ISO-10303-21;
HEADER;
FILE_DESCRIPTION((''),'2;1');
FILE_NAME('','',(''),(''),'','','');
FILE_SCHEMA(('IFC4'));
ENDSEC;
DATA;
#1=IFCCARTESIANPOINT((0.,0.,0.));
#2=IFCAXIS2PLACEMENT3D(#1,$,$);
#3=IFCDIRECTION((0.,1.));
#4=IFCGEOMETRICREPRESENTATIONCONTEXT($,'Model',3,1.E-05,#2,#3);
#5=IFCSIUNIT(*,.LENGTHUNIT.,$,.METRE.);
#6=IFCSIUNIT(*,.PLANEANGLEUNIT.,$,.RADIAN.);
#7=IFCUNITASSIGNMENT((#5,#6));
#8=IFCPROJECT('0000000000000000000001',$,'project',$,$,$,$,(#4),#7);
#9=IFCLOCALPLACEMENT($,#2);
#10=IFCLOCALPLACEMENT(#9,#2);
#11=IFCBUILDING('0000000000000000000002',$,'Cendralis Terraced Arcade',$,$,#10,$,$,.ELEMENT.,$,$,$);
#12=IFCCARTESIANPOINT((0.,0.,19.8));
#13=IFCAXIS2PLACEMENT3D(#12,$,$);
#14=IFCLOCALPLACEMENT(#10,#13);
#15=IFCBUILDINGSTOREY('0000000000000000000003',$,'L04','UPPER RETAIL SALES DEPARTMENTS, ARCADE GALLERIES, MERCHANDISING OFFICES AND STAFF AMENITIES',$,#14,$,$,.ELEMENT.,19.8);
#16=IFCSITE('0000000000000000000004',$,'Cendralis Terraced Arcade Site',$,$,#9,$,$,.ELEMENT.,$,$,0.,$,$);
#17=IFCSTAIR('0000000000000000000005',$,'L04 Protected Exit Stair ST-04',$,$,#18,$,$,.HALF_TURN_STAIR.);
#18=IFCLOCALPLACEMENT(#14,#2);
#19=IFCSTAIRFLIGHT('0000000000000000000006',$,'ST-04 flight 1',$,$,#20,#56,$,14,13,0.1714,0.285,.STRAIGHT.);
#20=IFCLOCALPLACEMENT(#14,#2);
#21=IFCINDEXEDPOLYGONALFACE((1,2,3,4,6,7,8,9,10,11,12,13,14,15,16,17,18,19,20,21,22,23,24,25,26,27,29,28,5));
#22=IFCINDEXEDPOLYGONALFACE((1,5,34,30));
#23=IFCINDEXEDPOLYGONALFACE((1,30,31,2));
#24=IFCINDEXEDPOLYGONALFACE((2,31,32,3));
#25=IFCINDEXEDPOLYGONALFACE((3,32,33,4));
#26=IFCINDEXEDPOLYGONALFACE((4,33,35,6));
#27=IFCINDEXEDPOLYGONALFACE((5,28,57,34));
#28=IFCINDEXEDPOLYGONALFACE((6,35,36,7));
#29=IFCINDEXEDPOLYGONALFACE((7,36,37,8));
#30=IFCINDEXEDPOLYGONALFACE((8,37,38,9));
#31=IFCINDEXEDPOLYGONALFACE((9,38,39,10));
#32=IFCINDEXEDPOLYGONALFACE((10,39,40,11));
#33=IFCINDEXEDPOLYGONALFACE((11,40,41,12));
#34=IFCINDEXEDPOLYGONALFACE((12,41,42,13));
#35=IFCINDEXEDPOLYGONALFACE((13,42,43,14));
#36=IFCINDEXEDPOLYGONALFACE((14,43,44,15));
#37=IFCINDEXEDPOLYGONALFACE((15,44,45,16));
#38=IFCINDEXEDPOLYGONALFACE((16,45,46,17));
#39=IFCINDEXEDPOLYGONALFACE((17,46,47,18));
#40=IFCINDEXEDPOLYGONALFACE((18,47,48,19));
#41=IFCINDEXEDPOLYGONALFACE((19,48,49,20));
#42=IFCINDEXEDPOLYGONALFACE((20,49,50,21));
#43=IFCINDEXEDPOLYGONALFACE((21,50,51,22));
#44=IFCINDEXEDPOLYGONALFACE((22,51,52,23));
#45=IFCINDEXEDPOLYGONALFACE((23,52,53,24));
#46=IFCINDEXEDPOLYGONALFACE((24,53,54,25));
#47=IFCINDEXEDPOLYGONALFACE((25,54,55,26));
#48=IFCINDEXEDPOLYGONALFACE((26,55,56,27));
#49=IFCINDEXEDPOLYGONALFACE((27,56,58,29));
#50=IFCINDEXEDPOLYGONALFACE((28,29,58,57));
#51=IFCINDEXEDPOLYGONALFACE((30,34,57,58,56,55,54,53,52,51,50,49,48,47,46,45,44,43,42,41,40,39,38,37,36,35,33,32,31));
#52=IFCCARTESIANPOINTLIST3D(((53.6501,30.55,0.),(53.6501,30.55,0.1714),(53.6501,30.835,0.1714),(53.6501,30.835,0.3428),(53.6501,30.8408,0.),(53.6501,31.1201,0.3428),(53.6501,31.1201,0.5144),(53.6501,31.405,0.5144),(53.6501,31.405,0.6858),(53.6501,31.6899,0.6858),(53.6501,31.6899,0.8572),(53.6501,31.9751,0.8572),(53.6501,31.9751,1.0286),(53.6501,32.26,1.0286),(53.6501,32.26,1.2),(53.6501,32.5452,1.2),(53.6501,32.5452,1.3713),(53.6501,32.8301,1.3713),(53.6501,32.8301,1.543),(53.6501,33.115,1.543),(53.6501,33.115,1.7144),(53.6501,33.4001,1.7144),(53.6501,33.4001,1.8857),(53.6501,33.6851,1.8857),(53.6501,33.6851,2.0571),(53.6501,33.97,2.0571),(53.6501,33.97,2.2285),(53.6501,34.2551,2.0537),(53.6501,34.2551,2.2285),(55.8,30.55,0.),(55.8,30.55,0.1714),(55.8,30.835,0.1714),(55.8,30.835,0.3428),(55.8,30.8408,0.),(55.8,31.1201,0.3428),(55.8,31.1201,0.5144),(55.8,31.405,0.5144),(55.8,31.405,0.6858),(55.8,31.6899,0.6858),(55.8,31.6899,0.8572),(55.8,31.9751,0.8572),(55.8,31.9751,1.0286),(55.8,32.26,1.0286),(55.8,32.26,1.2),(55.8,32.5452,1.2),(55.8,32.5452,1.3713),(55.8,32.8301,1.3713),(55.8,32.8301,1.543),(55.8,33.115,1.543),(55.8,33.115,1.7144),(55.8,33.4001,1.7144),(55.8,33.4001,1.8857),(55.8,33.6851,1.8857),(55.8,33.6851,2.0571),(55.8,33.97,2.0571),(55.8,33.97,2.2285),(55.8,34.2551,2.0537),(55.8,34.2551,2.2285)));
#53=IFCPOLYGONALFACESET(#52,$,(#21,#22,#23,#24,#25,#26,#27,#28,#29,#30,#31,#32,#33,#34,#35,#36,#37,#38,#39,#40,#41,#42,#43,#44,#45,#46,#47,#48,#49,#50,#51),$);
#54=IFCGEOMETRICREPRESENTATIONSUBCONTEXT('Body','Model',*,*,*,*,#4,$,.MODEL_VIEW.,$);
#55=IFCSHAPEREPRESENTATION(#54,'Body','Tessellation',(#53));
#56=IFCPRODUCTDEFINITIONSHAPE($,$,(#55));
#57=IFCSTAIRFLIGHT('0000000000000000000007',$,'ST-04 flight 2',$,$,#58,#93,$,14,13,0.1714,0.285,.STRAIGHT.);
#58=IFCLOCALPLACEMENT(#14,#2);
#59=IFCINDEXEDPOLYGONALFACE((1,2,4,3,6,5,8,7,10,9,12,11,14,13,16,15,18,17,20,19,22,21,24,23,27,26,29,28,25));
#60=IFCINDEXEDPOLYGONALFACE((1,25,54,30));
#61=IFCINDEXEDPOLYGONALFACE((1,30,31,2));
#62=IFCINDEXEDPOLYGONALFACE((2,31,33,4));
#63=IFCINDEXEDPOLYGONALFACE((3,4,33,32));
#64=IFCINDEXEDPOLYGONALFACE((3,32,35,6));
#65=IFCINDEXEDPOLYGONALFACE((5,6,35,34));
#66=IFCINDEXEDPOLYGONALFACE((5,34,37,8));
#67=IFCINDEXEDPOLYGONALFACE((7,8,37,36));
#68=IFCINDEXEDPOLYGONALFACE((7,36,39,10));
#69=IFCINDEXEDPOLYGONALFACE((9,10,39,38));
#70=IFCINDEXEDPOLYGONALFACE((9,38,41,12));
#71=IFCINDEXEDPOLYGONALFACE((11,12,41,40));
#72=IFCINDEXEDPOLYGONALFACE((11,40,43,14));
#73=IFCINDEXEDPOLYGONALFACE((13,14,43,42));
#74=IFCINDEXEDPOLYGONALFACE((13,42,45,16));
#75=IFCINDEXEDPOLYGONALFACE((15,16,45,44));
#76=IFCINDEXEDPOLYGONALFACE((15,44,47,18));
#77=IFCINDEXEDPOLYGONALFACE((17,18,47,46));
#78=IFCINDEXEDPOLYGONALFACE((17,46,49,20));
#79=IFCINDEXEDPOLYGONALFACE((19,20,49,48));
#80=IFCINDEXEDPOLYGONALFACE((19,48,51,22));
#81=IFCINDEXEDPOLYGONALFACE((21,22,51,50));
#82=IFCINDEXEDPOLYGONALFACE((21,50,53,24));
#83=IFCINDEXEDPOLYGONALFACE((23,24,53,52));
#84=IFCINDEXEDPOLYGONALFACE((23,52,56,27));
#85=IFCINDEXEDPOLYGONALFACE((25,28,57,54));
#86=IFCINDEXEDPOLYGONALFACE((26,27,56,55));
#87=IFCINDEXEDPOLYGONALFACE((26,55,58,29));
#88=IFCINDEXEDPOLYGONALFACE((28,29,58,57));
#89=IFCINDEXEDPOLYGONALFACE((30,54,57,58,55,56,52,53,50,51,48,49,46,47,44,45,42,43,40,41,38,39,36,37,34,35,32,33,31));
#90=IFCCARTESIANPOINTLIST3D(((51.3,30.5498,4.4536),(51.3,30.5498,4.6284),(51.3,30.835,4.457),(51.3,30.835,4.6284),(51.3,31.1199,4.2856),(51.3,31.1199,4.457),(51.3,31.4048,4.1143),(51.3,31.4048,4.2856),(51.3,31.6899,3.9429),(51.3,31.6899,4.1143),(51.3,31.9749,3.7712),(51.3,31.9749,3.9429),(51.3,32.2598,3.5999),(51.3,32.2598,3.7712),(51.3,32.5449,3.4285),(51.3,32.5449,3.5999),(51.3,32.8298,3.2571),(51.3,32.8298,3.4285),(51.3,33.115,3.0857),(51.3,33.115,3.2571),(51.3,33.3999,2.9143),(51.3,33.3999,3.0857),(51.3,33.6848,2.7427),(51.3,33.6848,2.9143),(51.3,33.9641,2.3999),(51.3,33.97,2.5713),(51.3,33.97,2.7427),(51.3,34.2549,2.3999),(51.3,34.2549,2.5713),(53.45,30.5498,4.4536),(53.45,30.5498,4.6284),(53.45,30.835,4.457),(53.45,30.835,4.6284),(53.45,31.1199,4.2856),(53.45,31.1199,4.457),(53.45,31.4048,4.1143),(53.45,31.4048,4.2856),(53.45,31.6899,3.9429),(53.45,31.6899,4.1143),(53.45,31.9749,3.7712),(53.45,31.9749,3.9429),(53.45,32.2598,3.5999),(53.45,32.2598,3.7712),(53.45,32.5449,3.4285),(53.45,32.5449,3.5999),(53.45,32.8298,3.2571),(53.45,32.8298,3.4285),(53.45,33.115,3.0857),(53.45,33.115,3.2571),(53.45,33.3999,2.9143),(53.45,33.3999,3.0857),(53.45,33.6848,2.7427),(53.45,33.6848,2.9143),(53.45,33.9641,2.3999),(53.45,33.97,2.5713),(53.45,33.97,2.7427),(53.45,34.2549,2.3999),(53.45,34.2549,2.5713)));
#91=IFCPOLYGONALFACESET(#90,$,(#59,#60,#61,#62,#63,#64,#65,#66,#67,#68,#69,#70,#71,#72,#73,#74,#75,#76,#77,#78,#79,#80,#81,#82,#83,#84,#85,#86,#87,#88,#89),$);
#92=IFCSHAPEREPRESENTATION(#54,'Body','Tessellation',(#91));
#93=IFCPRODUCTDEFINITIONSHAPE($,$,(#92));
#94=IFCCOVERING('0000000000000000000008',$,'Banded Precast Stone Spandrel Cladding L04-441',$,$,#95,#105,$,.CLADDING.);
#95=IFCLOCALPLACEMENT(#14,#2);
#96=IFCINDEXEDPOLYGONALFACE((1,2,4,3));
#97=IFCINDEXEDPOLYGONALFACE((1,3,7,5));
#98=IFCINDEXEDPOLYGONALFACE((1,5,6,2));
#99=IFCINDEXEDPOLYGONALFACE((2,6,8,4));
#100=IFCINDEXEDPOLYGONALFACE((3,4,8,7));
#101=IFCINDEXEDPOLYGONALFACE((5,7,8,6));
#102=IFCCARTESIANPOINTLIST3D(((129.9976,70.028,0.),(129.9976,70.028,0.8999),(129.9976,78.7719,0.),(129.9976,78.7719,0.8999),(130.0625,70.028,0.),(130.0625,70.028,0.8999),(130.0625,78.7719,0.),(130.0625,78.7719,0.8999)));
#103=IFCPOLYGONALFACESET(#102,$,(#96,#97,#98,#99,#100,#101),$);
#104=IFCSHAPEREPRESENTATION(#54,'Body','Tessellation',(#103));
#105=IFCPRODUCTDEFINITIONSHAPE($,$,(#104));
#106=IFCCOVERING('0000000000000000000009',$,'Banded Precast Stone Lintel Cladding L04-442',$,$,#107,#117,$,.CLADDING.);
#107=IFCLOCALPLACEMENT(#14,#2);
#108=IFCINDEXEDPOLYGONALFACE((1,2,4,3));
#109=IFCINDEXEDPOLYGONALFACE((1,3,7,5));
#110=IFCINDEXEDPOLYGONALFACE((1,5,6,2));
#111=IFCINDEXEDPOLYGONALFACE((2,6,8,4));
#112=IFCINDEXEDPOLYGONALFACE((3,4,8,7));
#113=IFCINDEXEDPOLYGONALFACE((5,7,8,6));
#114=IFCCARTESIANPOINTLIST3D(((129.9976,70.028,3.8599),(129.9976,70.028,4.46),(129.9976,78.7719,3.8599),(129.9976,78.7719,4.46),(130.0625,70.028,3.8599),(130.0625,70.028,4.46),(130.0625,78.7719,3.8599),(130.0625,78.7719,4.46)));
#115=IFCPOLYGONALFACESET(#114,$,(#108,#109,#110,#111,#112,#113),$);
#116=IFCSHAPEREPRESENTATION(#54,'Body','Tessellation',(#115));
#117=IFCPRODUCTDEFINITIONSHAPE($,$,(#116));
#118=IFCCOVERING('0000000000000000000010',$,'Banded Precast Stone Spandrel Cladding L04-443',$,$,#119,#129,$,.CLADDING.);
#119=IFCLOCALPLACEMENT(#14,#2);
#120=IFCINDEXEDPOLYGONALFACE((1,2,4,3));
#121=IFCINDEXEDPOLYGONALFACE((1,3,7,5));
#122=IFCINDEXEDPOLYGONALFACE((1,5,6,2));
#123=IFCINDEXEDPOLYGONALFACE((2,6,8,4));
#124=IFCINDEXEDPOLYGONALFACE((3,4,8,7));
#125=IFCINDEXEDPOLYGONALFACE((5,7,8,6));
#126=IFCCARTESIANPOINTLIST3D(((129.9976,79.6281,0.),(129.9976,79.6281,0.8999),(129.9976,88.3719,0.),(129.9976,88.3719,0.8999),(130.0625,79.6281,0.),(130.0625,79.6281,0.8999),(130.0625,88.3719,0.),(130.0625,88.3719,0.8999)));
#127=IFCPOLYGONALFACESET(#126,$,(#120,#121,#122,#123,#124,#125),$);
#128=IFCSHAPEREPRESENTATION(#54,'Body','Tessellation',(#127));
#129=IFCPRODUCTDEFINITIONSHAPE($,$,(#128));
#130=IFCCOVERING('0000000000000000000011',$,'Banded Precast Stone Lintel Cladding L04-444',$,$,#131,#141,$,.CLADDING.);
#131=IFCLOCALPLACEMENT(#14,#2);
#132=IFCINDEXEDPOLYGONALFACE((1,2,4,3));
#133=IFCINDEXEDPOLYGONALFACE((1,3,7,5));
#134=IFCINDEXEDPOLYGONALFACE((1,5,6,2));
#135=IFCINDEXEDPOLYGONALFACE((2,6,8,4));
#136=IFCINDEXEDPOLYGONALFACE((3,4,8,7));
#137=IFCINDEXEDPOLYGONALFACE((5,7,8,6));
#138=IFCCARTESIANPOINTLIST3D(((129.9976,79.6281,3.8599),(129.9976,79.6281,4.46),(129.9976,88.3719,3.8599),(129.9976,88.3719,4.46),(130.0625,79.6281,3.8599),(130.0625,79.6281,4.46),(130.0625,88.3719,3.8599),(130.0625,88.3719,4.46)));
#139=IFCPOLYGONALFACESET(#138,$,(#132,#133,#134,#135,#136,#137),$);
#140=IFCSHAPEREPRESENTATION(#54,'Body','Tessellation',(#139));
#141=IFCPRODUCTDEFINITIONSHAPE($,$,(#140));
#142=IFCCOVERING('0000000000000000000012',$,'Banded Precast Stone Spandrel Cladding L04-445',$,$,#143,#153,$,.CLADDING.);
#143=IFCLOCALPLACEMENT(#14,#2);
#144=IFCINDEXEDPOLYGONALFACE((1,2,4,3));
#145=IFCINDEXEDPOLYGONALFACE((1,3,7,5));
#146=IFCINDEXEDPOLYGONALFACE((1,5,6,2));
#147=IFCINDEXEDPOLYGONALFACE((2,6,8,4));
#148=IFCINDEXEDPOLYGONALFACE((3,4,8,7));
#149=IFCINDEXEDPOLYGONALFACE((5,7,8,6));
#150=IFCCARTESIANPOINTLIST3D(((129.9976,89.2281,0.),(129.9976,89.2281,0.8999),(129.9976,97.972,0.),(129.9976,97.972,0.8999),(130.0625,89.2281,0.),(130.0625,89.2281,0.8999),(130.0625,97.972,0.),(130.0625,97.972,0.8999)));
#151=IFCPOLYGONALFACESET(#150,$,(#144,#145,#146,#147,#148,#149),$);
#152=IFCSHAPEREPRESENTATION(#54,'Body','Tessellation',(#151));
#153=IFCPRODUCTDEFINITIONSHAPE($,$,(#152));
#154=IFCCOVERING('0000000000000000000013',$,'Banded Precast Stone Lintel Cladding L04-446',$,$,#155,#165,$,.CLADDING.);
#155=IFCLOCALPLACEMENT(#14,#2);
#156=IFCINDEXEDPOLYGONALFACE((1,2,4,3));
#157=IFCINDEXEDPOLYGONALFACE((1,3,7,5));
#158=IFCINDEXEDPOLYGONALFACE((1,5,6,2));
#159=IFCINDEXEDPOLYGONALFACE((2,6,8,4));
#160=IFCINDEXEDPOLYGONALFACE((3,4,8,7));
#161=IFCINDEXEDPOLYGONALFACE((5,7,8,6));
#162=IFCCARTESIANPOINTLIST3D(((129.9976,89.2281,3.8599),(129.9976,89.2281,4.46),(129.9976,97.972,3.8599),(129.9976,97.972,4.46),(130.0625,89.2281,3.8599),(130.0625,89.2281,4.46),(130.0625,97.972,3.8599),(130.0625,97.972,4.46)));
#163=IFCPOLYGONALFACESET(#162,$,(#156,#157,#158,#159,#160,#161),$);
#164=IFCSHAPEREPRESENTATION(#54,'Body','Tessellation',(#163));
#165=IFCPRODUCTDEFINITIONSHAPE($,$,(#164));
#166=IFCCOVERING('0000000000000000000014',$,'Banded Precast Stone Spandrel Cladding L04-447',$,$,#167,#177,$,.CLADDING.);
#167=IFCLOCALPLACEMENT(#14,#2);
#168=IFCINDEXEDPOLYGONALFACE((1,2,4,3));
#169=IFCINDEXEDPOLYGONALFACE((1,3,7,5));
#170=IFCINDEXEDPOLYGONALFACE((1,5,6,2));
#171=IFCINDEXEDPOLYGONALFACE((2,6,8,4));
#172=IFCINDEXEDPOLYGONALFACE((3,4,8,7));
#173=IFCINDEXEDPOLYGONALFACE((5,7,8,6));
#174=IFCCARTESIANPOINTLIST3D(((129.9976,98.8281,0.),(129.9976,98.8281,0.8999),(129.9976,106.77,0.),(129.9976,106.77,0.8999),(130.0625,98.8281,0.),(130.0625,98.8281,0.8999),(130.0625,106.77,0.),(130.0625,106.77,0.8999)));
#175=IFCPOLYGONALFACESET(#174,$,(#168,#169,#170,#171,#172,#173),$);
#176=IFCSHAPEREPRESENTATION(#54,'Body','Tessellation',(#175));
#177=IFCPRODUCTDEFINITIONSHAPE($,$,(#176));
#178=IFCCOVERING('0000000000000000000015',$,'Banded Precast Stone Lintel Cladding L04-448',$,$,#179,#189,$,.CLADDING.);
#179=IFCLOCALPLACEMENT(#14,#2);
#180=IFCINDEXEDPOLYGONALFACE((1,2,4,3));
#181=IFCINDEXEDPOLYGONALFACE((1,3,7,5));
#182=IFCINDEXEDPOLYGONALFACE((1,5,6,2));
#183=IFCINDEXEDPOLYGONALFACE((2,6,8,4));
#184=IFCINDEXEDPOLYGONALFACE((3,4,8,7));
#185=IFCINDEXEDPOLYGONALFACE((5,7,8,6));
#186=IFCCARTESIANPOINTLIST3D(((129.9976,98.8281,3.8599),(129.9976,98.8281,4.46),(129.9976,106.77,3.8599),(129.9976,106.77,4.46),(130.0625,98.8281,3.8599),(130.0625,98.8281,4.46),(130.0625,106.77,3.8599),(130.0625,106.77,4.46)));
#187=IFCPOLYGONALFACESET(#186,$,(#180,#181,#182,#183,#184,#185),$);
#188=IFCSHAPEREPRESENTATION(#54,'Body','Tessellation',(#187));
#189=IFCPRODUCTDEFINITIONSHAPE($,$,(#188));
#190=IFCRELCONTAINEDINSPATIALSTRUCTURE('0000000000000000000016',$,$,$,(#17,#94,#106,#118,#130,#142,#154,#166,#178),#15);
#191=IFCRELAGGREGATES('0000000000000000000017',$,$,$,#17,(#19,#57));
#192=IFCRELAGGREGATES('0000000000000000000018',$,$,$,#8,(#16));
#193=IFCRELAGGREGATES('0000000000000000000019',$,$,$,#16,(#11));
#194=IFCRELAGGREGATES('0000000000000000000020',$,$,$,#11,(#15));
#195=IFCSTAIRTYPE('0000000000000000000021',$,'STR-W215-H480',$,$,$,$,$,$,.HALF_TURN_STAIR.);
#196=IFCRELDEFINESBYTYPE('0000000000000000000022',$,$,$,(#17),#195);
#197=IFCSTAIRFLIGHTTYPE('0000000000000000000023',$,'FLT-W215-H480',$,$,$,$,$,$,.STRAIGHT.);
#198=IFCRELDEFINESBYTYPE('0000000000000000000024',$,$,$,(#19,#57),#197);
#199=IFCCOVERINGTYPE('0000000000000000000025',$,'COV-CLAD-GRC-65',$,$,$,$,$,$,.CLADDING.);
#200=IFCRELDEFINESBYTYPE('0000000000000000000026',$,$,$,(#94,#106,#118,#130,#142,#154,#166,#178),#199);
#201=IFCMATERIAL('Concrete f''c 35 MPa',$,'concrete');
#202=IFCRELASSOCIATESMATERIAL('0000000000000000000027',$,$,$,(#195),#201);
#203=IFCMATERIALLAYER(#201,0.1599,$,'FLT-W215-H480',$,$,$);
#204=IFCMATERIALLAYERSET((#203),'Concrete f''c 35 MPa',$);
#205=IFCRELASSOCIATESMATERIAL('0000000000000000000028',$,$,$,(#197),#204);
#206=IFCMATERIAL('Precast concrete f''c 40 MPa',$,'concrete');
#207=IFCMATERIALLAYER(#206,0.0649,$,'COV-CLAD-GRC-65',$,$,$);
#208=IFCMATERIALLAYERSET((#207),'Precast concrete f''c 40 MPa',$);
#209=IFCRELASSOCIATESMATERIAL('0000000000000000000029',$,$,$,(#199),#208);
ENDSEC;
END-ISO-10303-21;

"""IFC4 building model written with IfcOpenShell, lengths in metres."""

from ifc_helpers import new_model, si_unit, direction, frame, origin, origin_2d, place, context, subcontext, project, spatial, polyline, rectangle, outline, extrude, material, layer, layer_set, type_object, element, aggregate, save


model = new_model("IFC4")

# Units and contexts
model_context = context("Model", 3, precision=1e-05, world=origin(), true_north=direction((0.0, 1.0)))
body_context = subcontext(model_context, "Body", "Model", "MODEL_VIEW")
ifc_project = project(units=[si_unit("LENGTHUNIT", "METRE"), si_unit("PLANEANGLEUNIT", "RADIAN")], contexts=[model_context])

# Site, building, storey
site_placement = place(None, origin())
site = spatial("IfcSite", under=ifc_project, at=site_placement, Name="Cendralis Terraced Arcade Site", CompositionType="ELEMENT", RefElevation=0.0)
building_placement = place(site_placement, origin())
building = spatial("IfcBuilding", under=site, at=building_placement, Name="Cendralis Terraced Arcade", CompositionType="ELEMENT")
storey_placement = place(building_placement, frame((0.0, 0.0, 19.8)))
storey = spatial("IfcBuildingStorey", under=building, at=storey_placement, Name="L04", Description="UPPER RETAIL SALES DEPARTMENTS, ARCADE GALLERIES, MERCHANDISING OFFICES AND STAFF AMENITIES", CompositionType="ELEMENT", Elevation=19.8)

# Shared definitions
ifc_material_1 = material(Name="Concrete f'c 35 MPa", Category="concrete")

# Shared definitions
ifc_material_2 = material(Name="Precast concrete f'c 40 MPa", Category="concrete")

# Stair, stair flights
stair_type = type_object("IfcStairType", Name="STR-W215-H480", PredefinedType="HALF_TURN_STAIR", material=ifc_material_1)
stair_placement = place(storey_placement, origin())
stair = element("IfcStair", 1, at=stair_placement, inside=storey, type_object=stair_type, Name="L04 Protected Exit Stair ST-04", PredefinedType="HALF_TURN_STAIR")
ifc_layer_1 = layer(ifc_material_1, 0.1599, Name="FLT-W215-H480")
ifc_layer_set_1 = layer_set([ifc_layer_1], Name="Concrete f'c 35 MPa")
stair_flight_type = type_object("IfcStairFlightType", Name="FLT-W215-H480", PredefinedType="STRAIGHT", material=ifc_layer_set_1)
stair_flight_1_placement = place(storey_placement, frame((54.7251, 30.55, 0.0), z_axis=(0.0, 0.0, 1.0), x_axis=(0.0, 1.0, 0.0)))
stair_flight_1 = element("IfcStairFlight", 2, at=stair_flight_1_placement, type_object=stair_flight_type, Name="ST-04 flight 1", NumberOfRisers=14, NumberOfTreads=13, PredefinedType="STRAIGHT", RiserHeight=0.1714, TreadLength=0.285, context=body_context, shape_type="SweptSolid", body=[
    extrude(outline(polyline([(0.0, 0.0), (0.0, 0.1714), (0.2849, 0.1714), (0.2849, 0.3428), (0.5701, 0.3428), (0.5701, 0.5144), (0.855, 0.5144), (0.855, 0.6858), (1.1399, 0.6858), (1.1399, 0.8572), (1.425, 0.8572), (1.425, 1.0286), (1.71, 1.0286), (1.71, 1.2), (1.9951, 1.2), (1.9951, 1.3713), (2.28, 1.3713), (2.28, 1.543), (2.5649, 1.543), (2.5649, 1.7144), (2.8501, 1.7144), (2.8501, 1.8857), (3.135, 1.8857), (3.135, 2.0571), (3.4199, 2.0571), (3.4199, 2.2285), (3.7051, 2.2285), (3.7051, 2.3999), (3.7051, 2.0537), (0.2908, 0.0), (0.0, 0.0)])), frame((0.0, 1.075, 0.0), z_axis=(0.0, -1.0, 0.0), x_axis=(1.0, 0.0, 0.0)), (0.0, 0.0, 1.0), 2.1499),
])
stair_flight_2_placement = place(storey_placement, frame((52.375, 34.2549, 2.3999), z_axis=(0.0, 0.0, 1.0), x_axis=(0.0, -1.0, 0.0)))
stair_flight_2 = element("IfcStairFlight", 3, at=stair_flight_2_placement, type_object=stair_flight_type, Name="ST-04 flight 2", NumberOfRisers=14, NumberOfTreads=13, PredefinedType="STRAIGHT", RiserHeight=0.1714, TreadLength=0.285, context=body_context, shape_type="SweptSolid", body=[
    extrude(outline(polyline([(0.0, 0.0), (0.0, 0.1714), (0.2849, 0.1714), (0.2849, 0.3428), (0.5701, 0.3428), (0.5701, 0.5144), (0.855, 0.5144), (0.855, 0.6858), (1.1399, 0.6858), (1.1399, 0.8572), (1.425, 0.8572), (1.425, 1.0286), (1.71, 1.0286), (1.71, 1.2), (1.9951, 1.2), (1.9951, 1.3713), (2.28, 1.3713), (2.28, 1.543), (2.5649, 1.543), (2.5649, 1.7144), (2.8501, 1.7144), (2.8501, 1.8857), (3.135, 1.8857), (3.135, 2.0571), (3.4199, 2.0571), (3.4199, 2.2285), (3.7051, 2.2285), (3.7051, 2.3999), (3.7051, 2.0537), (0.2908, 0.0), (0.0, 0.0)])), frame((0.0, 1.075, 0.0), z_axis=(0.0, -1.0, 0.0), x_axis=(1.0, 0.0, 0.0)), (0.0, 0.0, 1.0), 2.1499),
])
aggregate(stair, [stair_flight_1, stair_flight_2])

# Coverings
ifc_layer_2 = layer(ifc_material_2, 0.0649, Name="COV-CLAD-GRC-65")
ifc_layer_set_2 = layer_set([ifc_layer_2], Name="Precast concrete f'c 40 MPa")
covering_type = type_object("IfcCoveringType", Name="COV-CLAD-GRC-65", PredefinedType="CLADDING", material=ifc_layer_set_2)
covering_1_placement = place(storey_placement, frame((130.03, 74.3999, 0.0), z_axis=(0.0, 0.0, 1.0), x_axis=(0.0, 1.0, 0.0)))
element("IfcCovering", 4, at=covering_1_placement, inside=storey, type_object=covering_type, Name="Banded Precast Stone Spandrel Cladding L04-441", PredefinedType="CLADDING", context=body_context, shape_type="SweptSolid", body=[
    extrude(rectangle(XDim=8.7439, YDim=0.0649, at=origin_2d()), origin(), (0.0, 0.0, 1.0), 0.8999),
])
covering_2_placement = place(storey_placement, frame((130.03, 74.3999, 3.8599), z_axis=(0.0, 0.0, 1.0), x_axis=(0.0, 1.0, 0.0)))
element("IfcCovering", 5, at=covering_2_placement, inside=storey, type_object=covering_type, Name="Banded Precast Stone Lintel Cladding L04-442", PredefinedType="CLADDING", context=body_context, shape_type="SweptSolid", body=[
    extrude(rectangle(XDim=8.7439, YDim=0.0649, at=origin_2d()), origin(), (0.0, 0.0, 1.0), 0.6001),
])
covering_3_placement = place(storey_placement, frame((130.03, 84.0, 0.0), z_axis=(0.0, 0.0, 1.0), x_axis=(0.0, 1.0, 0.0)))
element("IfcCovering", 6, at=covering_3_placement, inside=storey, type_object=covering_type, Name="Banded Precast Stone Spandrel Cladding L04-443", PredefinedType="CLADDING", context=body_context, shape_type="SweptSolid", body=[
    extrude(rectangle(XDim=8.7439, YDim=0.0649, at=origin_2d()), origin(), (0.0, 0.0, 1.0), 0.8999),
])
covering_4_placement = place(storey_placement, frame((130.03, 84.0, 3.8599), z_axis=(0.0, 0.0, 1.0), x_axis=(0.0, 1.0, 0.0)))
element("IfcCovering", 7, at=covering_4_placement, inside=storey, type_object=covering_type, Name="Banded Precast Stone Lintel Cladding L04-444", PredefinedType="CLADDING", context=body_context, shape_type="SweptSolid", body=[
    extrude(rectangle(XDim=8.7439, YDim=0.0649, at=origin_2d()), origin(), (0.0, 0.0, 1.0), 0.6001),
])
covering_5_placement = place(storey_placement, frame((130.03, 93.6001, 0.0), z_axis=(0.0, 0.0, 1.0), x_axis=(0.0, 1.0, 0.0)))
element("IfcCovering", 8, at=covering_5_placement, inside=storey, type_object=covering_type, Name="Banded Precast Stone Spandrel Cladding L04-445", PredefinedType="CLADDING", context=body_context, shape_type="SweptSolid", body=[
    extrude(rectangle(XDim=8.7439, YDim=0.0649, at=origin_2d()), origin(), (0.0, 0.0, 1.0), 0.8999),
])
covering_6_placement = place(storey_placement, frame((130.03, 93.6001, 3.8599), z_axis=(0.0, 0.0, 1.0), x_axis=(0.0, 1.0, 0.0)))
element("IfcCovering", 9, at=covering_6_placement, inside=storey, type_object=covering_type, Name="Banded Precast Stone Lintel Cladding L04-446", PredefinedType="CLADDING", context=body_context, shape_type="SweptSolid", body=[
    extrude(rectangle(XDim=8.7439, YDim=0.0649, at=origin_2d()), origin(), (0.0, 0.0, 1.0), 0.6001),
])
covering_7_placement = place(storey_placement, frame((130.03, 102.7991, 0.0), z_axis=(0.0, 0.0, 1.0), x_axis=(0.0, 1.0, 0.0)))
element("IfcCovering", 10, at=covering_7_placement, inside=storey, type_object=covering_type, Name="Banded Precast Stone Spandrel Cladding L04-447", PredefinedType="CLADDING", context=body_context, shape_type="SweptSolid", body=[
    extrude(rectangle(XDim=7.9419, YDim=0.0649, at=origin_2d()), origin(), (0.0, 0.0, 1.0), 0.8999),
])
covering_8_placement = place(storey_placement, frame((130.03, 102.7991, 3.8599), z_axis=(0.0, 0.0, 1.0), x_axis=(0.0, 1.0, 0.0)))
element("IfcCovering", 11, at=covering_8_placement, inside=storey, type_object=covering_type, Name="Banded Precast Stone Lintel Cladding L04-448", PredefinedType="CLADDING", context=body_context, shape_type="SweptSolid", body=[
    extrude(rectangle(XDim=7.9419, YDim=0.0649, at=origin_2d()), origin(), (0.0, 0.0, 1.0), 0.6001),
])

save(model, "model.ifc")
